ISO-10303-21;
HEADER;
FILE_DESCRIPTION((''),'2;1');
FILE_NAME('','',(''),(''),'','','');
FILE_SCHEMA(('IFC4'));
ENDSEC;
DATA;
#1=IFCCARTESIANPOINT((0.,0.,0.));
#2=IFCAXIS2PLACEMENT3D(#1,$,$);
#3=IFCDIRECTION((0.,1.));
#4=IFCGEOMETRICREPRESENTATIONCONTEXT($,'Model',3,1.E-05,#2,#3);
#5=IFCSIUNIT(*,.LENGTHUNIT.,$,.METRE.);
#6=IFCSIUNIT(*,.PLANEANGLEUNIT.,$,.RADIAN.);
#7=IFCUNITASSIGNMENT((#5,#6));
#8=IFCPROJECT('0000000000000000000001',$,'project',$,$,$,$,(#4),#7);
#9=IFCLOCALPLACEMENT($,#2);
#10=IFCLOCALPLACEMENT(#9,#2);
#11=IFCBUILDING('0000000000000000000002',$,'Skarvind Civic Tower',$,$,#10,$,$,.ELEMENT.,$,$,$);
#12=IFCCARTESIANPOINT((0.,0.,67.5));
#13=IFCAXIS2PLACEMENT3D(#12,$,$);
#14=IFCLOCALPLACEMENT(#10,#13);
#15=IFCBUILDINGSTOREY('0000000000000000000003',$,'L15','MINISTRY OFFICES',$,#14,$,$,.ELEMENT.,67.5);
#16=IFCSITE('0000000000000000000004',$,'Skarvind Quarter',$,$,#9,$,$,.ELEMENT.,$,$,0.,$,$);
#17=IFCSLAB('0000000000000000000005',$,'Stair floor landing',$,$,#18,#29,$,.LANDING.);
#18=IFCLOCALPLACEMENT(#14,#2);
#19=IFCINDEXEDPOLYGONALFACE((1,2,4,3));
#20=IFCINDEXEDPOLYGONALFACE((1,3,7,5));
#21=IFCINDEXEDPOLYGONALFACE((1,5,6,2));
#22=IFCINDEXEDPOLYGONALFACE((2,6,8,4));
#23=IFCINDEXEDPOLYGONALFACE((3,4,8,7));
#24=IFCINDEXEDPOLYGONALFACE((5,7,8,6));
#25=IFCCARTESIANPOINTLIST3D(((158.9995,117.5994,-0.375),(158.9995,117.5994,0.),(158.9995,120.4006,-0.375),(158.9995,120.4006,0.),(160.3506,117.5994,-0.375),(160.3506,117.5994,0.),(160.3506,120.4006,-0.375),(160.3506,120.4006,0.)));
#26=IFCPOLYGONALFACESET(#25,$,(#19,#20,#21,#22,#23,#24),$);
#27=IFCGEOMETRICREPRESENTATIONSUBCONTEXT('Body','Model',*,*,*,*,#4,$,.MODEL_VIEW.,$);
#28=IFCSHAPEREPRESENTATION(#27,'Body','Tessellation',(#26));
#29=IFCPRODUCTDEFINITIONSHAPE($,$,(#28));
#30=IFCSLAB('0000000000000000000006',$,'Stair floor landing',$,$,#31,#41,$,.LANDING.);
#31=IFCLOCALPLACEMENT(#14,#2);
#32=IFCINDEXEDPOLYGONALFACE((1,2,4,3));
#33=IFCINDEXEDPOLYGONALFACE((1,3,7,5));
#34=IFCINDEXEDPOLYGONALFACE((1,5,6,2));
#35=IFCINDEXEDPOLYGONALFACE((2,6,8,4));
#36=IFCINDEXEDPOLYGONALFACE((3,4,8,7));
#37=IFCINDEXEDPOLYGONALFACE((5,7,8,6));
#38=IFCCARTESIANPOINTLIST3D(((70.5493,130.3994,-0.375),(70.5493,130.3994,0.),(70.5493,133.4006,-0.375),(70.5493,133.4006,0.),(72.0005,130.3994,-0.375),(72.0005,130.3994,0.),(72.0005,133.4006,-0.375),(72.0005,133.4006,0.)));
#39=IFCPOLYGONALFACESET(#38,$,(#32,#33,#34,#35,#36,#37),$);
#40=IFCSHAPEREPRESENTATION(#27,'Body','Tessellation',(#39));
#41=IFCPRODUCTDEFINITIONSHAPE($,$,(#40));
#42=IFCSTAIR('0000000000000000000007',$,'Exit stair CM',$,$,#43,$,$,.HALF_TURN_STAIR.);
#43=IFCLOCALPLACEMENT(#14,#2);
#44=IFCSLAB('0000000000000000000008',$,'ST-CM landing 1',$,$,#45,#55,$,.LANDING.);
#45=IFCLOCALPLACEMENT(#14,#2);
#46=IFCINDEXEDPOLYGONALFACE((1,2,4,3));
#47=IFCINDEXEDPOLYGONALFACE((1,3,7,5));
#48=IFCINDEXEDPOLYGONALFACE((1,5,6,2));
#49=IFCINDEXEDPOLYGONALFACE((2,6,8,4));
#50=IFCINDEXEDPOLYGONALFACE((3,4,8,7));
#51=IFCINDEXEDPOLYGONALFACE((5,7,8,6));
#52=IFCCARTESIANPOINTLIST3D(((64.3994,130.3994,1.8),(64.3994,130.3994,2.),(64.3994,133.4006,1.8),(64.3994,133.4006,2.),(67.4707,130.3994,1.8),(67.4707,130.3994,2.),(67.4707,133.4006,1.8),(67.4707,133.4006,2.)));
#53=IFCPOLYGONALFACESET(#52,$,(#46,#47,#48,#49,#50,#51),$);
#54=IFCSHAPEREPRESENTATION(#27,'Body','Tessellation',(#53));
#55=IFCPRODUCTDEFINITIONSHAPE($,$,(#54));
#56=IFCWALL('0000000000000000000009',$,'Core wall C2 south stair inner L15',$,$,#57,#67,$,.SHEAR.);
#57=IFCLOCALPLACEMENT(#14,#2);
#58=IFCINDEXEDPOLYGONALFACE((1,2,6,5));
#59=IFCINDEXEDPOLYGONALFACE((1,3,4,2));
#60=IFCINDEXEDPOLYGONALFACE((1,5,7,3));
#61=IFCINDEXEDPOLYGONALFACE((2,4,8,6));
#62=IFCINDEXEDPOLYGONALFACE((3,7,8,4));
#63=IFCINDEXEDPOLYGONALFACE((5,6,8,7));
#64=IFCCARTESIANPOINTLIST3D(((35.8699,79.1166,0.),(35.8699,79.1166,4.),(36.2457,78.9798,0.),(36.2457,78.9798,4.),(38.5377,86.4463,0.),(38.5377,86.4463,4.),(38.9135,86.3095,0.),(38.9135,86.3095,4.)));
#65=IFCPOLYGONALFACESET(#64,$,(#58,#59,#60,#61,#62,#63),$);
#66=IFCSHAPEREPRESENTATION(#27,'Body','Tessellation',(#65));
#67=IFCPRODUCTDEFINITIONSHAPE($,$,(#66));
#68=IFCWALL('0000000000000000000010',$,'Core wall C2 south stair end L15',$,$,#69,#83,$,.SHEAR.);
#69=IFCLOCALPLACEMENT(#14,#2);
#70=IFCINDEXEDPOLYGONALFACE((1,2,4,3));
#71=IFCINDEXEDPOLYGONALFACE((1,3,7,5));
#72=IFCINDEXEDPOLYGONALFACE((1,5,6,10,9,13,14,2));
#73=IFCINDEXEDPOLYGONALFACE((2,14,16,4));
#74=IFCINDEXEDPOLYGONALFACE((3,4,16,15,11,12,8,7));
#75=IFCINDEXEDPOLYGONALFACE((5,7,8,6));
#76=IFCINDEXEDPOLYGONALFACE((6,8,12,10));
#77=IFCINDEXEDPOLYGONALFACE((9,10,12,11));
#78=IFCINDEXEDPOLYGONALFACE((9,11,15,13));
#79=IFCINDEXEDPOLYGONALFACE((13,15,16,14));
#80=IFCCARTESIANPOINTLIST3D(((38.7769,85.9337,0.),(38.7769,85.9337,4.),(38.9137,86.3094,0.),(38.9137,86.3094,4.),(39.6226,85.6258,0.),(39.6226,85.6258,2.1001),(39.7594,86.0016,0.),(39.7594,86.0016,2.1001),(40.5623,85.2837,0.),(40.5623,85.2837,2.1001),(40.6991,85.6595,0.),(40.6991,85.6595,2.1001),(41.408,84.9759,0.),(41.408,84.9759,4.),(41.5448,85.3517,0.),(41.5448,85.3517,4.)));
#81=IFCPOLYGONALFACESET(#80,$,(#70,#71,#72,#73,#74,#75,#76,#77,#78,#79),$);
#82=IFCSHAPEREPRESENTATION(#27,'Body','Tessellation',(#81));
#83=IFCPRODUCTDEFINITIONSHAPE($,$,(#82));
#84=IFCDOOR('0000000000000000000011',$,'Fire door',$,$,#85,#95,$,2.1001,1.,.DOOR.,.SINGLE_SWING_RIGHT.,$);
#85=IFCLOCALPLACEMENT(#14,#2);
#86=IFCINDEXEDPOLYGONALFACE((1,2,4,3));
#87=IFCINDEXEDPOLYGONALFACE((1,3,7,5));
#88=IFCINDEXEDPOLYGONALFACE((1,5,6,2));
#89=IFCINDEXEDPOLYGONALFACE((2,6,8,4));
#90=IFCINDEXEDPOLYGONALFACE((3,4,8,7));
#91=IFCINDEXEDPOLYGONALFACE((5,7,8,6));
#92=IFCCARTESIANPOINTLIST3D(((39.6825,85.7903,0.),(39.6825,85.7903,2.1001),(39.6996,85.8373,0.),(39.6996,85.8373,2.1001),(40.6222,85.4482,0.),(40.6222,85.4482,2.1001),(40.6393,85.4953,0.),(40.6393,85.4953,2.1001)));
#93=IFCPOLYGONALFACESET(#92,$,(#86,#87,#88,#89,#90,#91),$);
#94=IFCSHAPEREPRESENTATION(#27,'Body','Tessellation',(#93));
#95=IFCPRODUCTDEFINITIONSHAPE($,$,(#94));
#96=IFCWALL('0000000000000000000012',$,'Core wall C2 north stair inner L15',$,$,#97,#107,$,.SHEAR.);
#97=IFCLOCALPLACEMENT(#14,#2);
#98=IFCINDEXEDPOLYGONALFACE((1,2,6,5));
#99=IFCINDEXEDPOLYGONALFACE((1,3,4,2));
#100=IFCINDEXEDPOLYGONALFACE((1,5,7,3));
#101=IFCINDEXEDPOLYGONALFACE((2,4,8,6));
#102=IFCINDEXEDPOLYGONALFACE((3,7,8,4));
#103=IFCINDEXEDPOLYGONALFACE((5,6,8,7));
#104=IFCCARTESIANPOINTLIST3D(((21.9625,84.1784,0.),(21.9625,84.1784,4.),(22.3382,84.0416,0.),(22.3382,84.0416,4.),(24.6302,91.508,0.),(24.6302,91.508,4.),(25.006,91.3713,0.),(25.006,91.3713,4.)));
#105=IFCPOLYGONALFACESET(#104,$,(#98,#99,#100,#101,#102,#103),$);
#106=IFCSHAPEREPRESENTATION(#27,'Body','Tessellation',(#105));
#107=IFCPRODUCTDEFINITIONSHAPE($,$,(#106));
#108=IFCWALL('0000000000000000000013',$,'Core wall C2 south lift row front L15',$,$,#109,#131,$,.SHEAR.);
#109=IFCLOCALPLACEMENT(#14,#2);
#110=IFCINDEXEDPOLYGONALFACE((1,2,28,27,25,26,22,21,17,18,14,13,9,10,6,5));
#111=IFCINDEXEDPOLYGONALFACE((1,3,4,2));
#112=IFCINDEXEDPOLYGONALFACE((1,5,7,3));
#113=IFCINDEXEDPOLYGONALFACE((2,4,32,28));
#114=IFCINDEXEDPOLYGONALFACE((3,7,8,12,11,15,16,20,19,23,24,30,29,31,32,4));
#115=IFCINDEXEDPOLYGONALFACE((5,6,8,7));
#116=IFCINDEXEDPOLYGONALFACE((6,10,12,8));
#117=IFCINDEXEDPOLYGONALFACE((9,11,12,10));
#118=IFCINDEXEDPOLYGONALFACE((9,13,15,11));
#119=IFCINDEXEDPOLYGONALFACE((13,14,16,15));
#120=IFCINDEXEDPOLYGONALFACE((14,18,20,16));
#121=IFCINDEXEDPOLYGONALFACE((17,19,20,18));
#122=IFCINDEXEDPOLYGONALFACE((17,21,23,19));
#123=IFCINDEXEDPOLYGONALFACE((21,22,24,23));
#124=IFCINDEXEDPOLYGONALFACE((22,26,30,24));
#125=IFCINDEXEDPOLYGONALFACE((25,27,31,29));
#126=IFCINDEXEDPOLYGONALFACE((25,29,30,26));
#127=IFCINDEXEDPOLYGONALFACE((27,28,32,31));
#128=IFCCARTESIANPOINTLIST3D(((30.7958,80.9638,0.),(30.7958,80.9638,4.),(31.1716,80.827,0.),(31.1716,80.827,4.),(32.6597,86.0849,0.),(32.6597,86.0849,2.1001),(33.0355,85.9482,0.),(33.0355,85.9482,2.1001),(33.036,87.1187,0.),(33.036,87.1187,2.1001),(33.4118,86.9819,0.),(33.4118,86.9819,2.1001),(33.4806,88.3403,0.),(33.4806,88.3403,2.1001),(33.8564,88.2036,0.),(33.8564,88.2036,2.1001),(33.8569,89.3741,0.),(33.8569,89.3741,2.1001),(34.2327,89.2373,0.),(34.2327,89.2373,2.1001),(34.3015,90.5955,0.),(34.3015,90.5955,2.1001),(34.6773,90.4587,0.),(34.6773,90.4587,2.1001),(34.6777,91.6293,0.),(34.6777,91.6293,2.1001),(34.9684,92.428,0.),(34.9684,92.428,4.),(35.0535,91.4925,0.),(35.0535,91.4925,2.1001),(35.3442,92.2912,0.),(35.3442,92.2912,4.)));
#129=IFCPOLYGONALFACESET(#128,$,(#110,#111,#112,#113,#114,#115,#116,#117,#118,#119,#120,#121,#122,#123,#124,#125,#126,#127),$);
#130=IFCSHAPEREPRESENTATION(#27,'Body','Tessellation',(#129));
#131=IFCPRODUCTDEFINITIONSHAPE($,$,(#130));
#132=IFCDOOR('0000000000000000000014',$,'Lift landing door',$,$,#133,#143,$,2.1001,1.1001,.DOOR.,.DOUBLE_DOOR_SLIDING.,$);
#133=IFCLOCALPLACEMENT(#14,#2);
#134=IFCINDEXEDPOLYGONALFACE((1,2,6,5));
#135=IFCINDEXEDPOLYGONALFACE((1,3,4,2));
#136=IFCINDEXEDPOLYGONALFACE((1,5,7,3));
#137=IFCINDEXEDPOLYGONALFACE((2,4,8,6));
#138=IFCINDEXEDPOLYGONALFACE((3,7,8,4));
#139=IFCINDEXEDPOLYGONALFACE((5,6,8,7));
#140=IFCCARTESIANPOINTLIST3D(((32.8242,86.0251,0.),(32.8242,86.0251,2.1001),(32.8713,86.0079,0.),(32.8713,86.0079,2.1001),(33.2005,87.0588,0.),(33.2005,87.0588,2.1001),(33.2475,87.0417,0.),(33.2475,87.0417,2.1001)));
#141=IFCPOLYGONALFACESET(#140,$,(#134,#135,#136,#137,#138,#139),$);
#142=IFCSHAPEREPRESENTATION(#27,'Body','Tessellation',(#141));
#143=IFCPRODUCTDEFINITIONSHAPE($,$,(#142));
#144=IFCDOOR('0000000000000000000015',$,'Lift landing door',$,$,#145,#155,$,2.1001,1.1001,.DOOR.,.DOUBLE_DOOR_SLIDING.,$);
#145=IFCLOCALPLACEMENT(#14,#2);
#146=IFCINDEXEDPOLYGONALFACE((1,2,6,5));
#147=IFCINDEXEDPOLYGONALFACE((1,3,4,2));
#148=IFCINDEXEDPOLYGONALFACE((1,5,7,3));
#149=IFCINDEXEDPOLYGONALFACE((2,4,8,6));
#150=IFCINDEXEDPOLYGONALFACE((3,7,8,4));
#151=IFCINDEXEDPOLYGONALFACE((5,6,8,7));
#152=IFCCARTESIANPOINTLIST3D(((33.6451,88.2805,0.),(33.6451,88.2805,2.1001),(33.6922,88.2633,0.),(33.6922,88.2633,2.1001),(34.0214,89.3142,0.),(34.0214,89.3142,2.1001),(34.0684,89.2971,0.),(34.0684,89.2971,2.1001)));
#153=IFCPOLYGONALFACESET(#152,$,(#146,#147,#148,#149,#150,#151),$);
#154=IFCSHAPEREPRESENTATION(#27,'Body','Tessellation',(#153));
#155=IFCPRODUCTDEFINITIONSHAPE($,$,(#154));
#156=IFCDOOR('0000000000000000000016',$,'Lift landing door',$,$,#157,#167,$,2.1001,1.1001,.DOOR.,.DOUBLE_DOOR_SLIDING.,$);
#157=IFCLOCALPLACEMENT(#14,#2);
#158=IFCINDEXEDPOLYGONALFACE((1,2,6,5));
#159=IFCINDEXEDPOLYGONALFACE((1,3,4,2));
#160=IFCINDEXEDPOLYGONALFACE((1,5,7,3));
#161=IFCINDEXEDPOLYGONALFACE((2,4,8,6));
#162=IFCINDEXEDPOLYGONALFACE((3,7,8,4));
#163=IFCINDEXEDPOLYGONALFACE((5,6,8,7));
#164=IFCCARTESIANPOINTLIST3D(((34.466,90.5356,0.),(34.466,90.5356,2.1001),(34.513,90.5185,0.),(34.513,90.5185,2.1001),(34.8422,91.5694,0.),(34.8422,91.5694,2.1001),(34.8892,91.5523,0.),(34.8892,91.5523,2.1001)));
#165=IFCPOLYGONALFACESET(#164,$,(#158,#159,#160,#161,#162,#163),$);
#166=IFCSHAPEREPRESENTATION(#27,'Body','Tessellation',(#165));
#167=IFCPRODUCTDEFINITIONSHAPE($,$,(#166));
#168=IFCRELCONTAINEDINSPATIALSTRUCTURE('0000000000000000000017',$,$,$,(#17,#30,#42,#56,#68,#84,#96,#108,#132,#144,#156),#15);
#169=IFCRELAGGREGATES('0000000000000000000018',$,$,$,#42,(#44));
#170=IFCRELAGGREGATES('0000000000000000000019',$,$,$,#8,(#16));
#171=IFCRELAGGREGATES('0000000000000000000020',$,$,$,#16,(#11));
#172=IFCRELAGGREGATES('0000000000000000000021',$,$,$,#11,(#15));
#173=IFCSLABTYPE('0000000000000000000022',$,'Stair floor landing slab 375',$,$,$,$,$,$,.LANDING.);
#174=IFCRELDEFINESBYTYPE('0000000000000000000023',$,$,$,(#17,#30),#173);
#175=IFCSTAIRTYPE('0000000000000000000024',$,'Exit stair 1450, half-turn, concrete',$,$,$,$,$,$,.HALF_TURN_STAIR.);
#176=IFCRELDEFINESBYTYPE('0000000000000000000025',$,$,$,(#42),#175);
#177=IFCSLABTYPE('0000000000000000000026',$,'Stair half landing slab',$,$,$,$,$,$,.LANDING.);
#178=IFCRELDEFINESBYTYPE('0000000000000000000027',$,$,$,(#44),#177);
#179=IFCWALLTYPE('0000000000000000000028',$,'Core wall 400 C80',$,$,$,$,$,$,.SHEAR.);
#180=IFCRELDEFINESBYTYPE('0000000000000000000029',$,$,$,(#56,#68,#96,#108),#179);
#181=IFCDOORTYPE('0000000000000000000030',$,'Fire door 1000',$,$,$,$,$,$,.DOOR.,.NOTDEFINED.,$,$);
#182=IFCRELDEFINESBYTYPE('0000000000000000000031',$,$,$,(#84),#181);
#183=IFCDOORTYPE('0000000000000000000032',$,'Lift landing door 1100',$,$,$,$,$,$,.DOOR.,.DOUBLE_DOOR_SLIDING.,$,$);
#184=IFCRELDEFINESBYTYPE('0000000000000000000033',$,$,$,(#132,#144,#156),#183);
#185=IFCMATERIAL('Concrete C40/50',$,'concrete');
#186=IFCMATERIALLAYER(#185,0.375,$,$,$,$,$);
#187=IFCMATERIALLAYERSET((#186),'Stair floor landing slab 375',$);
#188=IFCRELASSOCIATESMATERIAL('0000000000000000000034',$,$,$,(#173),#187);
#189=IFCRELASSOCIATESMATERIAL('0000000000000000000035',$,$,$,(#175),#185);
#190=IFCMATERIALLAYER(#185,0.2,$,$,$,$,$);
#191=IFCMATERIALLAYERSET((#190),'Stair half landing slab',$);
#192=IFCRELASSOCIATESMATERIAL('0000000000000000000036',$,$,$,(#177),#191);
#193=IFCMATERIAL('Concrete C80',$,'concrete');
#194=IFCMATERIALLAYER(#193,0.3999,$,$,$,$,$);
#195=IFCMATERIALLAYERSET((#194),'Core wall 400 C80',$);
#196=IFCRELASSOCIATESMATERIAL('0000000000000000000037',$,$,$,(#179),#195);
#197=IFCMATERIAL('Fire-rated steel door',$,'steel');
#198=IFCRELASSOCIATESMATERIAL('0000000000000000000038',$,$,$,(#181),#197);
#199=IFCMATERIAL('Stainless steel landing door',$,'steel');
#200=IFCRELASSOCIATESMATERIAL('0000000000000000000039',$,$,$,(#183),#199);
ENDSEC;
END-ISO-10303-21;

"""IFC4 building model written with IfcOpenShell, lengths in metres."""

from ifc_helpers import new_model, si_unit, direction, frame, frame_2d, origin, place, context, subcontext, project, spatial, polyline, rectangle, outline, extrude, material, layer, layer_set, type_object, element, fill, aggregate, save


model = new_model("IFC4")

# Units and contexts
model_context = context("Model", 3, precision=1e-05, world=origin(), true_north=direction((0.0, 1.0)))
body_context = subcontext(model_context, "Body", "Model", "MODEL_VIEW")
ifc_project = project(units=[si_unit("LENGTHUNIT", "METRE"), si_unit("PLANEANGLEUNIT", "RADIAN")], contexts=[model_context])

# Site, building, storey
site_placement = place(None, origin())
site = spatial("IfcSite", under=ifc_project, at=site_placement, Name="Skarvind Quarter", CompositionType="ELEMENT", RefElevation=0.0)
building_placement = place(site_placement, origin())
building = spatial("IfcBuilding", under=site, at=building_placement, Name="Skarvind Civic Tower", CompositionType="ELEMENT")
storey_placement = place(building_placement, frame((0.0, 0.0, 67.5)))
storey = spatial("IfcBuildingStorey", under=building, at=storey_placement, Name="L15", Description="MINISTRY OFFICES", CompositionType="ELEMENT", Elevation=67.5)

# Slabs
ifc_material_1 = material(Name="Concrete C40/50", Category="concrete")
ifc_layer_1 = layer(ifc_material_1, 0.375)
ifc_layer_set_1 = layer_set([ifc_layer_1], Name="Stair floor landing slab 375")
slab_type_1 = type_object("IfcSlabType", Name="Stair floor landing slab 375", PredefinedType="LANDING", material=ifc_layer_set_1)
slab_1_placement = place(storey_placement, frame((0.0, 0.0, -0.375)))
element("IfcSlab", 1, at=slab_1_placement, inside=storey, type_object=slab_type_1, Name="Stair floor landing", PredefinedType="LANDING", context=body_context, shape_type="SweptSolid", body=[
    extrude(outline(polyline([(160.3506, 120.4006), (160.3506, 117.5994), (158.9995, 117.5994), (158.9995, 120.4006), (160.3506, 120.4006)])), origin(), (0.0, 0.0, 1.0), 0.375),
])
slab_2_placement = place(storey_placement, frame((0.0, 0.0, -0.375)))
element("IfcSlab", 2, at=slab_2_placement, inside=storey, type_object=slab_type_1, Name="Stair floor landing", PredefinedType="LANDING", context=body_context, shape_type="SweptSolid", body=[
    extrude(outline(polyline([(70.5493, 130.3994), (70.5493, 133.4006), (72.0005, 133.4006), (72.0005, 130.3994), (70.5493, 130.3994)])), origin(), (0.0, 0.0, 1.0), 0.375),
])

# Stair, slab
stair_type_1 = type_object("IfcStairType", Name="Exit stair 1450, half-turn, concrete", PredefinedType="HALF_TURN_STAIR", material=ifc_material_1)
stair_1_placement = place(storey_placement, origin())
stair_1 = element("IfcStair", 3, at=stair_1_placement, inside=storey, type_object=stair_type_1, Name="Exit stair CM", PredefinedType="HALF_TURN_STAIR")
ifc_layer_2 = layer(ifc_material_1, 0.2)
ifc_layer_set_2 = layer_set([ifc_layer_2], Name="Stair half landing slab")
slab_type_2 = type_object("IfcSlabType", Name="Stair half landing slab", PredefinedType="LANDING", material=ifc_layer_set_2)
slab_3_placement = place(storey_placement, frame((0.0, 0.0, 1.8)))
slab_3 = element("IfcSlab", 4, at=slab_3_placement, type_object=slab_type_2, Name="ST-CM landing 1", PredefinedType="LANDING", context=body_context, shape_type="SweptSolid", body=[
    extrude(outline(polyline([(67.4707, 133.4006), (67.4707, 130.3994), (64.3994, 130.3994), (64.3994, 133.4006), (67.4707, 133.4006)])), origin(), (0.0, 0.0, 1.0), 0.2),
])
aggregate(stair_1, [slab_3])

# Wall
ifc_material_2 = material(Name="Concrete C80", Category="concrete")
ifc_layer_3 = layer(ifc_material_2, 0.3999)
ifc_layer_set_3 = layer_set([ifc_layer_3], Name="Core wall 400 C80")
wall_type_1 = type_object("IfcWallType", Name="Core wall 400 C80", PredefinedType="SHEAR", material=ifc_layer_set_3)
wall_1_placement = place(storey_placement, frame((36.0579, 79.0483, 0.0), z_axis=(0.0, 0.0, 1.0), x_axis=(0.342017, 0.939694, 0.0)))
element("IfcWall", 5, at=wall_1_placement, inside=storey, type_object=wall_type_1, Name="Core wall C2 south stair inner L15", PredefinedType="SHEAR", context=body_context, shape_type="SweptSolid", body=[
    extrude(rectangle(XDim=7.8, YDim=0.3999, at=frame_2d((3.8999, 0.0))), origin(), (0.0, 0.0, 1.0), 4.0),
])

# Wall, opening, door
wall_2_placement = place(storey_placement, frame((41.4763, 85.1638, 0.0), z_axis=(0.0, 0.0, 1.0), x_axis=(-0.939679, 0.342058, 0.0)))
wall_2 = element("IfcWall", 6, at=wall_2_placement, inside=storey, type_object=wall_type_1, Name="Core wall C2 south stair end L15", PredefinedType="SHEAR", context=body_context, shape_type="SweptSolid", body=[
    extrude(rectangle(XDim=2.8, YDim=0.3999, at=frame_2d((1.3999, 0.0))), origin(), (0.0, 0.0, 1.0), 4.0),
])
opening_1_placement = place(wall_2_placement, frame((0.8999, 0.0, 0.0)))
opening_1 = element("IfcOpeningElement", 7, at=opening_1_placement, cuts=wall_2, PredefinedType="OPENING", context=body_context, shape_type="SweptSolid", body=[
    extrude(rectangle(XDim=1.0, YDim=2.1001, at=frame_2d((0.5, 1.05))), frame((0.0, 0.21, 0.0), z_axis=(0.0, -1.0, 0.0), x_axis=(1.0, 0.0, 0.0)), (0.0, 0.0, 1.0), 0.4199),
])
ifc_material_3 = material(Name="Fire-rated steel door", Category="steel")
door_type_1 = type_object("IfcDoorType", Name="Fire door 1000", OperationType="NOTDEFINED", PredefinedType="DOOR", material=ifc_material_3)
door_1_placement = place(opening_1_placement, origin())
door_1 = element("IfcDoor", 8, at=door_1_placement, inside=storey, type_object=door_type_1, Name="Fire door", OperationType="SINGLE_SWING_RIGHT", OverallHeight=2.1001, OverallWidth=1.0, PredefinedType="DOOR", context=body_context, shape_type="SweptSolid", body=[
    extrude(rectangle(XDim=1.0, YDim=2.1001, at=frame_2d((0.5, 1.05))), frame((0.0, 0.0249, 0.0), z_axis=(0.0, -1.0, 0.0), x_axis=(1.0, 0.0, 0.0)), (0.0, 0.0, 1.0), 0.05),
])
fill(opening_1, door_1)

# Wall
wall_3_placement = place(storey_placement, frame((22.1504, 84.1101, 0.0), z_axis=(0.0, 0.0, 1.0), x_axis=(0.342017, 0.939694, 0.0)))
element("IfcWall", 9, at=wall_3_placement, inside=storey, type_object=wall_type_1, Name="Core wall C2 north stair inner L15", PredefinedType="SHEAR", context=body_context, shape_type="SweptSolid", body=[
    extrude(rectangle(XDim=7.8, YDim=0.3999, at=frame_2d((3.8999, 0.0))), origin(), (0.0, 0.0, 1.0), 4.0),
])

# Wall, openings, doors
wall_4_placement = place(storey_placement, frame((30.9836, 80.8953, 0.0), z_axis=(0.0, 0.0, 1.0), x_axis=(0.342021, 0.939692, 0.0)))
wall_4 = element("IfcWall", 10, at=wall_4_placement, inside=storey, type_object=wall_type_1, Name="Core wall C2 south lift row front L15", PredefinedType="SHEAR", context=body_context, shape_type="SweptSolid", body=[
    extrude(rectangle(XDim=12.2, YDim=0.3999, at=frame_2d((6.1001, 0.0))), origin(), (0.0, 0.0, 1.0), 4.0),
])
opening_2_placement = place(wall_4_placement, frame((5.45, 0.0, 0.0)))
opening_2 = element("IfcOpeningElement", 11, at=opening_2_placement, cuts=wall_4, PredefinedType="OPENING", context=body_context, shape_type="SweptSolid", body=[
    extrude(rectangle(XDim=1.1001, YDim=2.1001, at=frame_2d((0.55, 1.05))), frame((0.0, 0.21, 0.0), z_axis=(0.0, -1.0, 0.0), x_axis=(1.0, 0.0, 0.0)), (0.0, 0.0, 1.0), 0.4199),
])
opening_3_placement = place(wall_4_placement, frame((7.8501, 0.0, 0.0)))
opening_3 = element("IfcOpeningElement", 12, at=opening_3_placement, cuts=wall_4, PredefinedType="OPENING", context=body_context, shape_type="SweptSolid", body=[
    extrude(rectangle(XDim=1.1001, YDim=2.1001, at=frame_2d((0.55, 1.05))), frame((0.0, 0.21, 0.0), z_axis=(0.0, -1.0, 0.0), x_axis=(1.0, 0.0, 0.0)), (0.0, 0.0, 1.0), 0.4199),
])
opening_4_placement = place(wall_4_placement, frame((10.25, 0.0, 0.0)))
opening_4 = element("IfcOpeningElement", 13, at=opening_4_placement, cuts=wall_4, PredefinedType="OPENING", context=body_context, shape_type="SweptSolid", body=[
    extrude(rectangle(XDim=1.1001, YDim=2.1001, at=frame_2d((0.55, 1.05))), frame((0.0, 0.21, 0.0), z_axis=(0.0, -1.0, 0.0), x_axis=(1.0, 0.0, 0.0)), (0.0, 0.0, 1.0), 0.4199),
])
ifc_material_4 = material(Name="Stainless steel landing door", Category="steel")
door_type_2 = type_object("IfcDoorType", Name="Lift landing door 1100", OperationType="DOUBLE_DOOR_SLIDING", PredefinedType="DOOR", material=ifc_material_4)
door_2_placement = place(opening_2_placement, origin())
door_2 = element("IfcDoor", 14, at=door_2_placement, inside=storey, type_object=door_type_2, Name="Lift landing door", OperationType="DOUBLE_DOOR_SLIDING", OverallHeight=2.1001, OverallWidth=1.1001, PredefinedType="DOOR", context=body_context, shape_type="SweptSolid", body=[
    extrude(rectangle(XDim=1.1001, YDim=2.1001, at=frame_2d((0.55, 1.05))), frame((0.0, 0.0249, 0.0), z_axis=(0.0, -1.0, 0.0), x_axis=(1.0, 0.0, 0.0)), (0.0, 0.0, 1.0), 0.05),
])
fill(opening_2, door_2)
door_3_placement = place(opening_3_placement, origin())
door_3 = element("IfcDoor", 15, at=door_3_placement, inside=storey, type_object=door_type_2, Name="Lift landing door", OperationType="DOUBLE_DOOR_SLIDING", OverallHeight=2.1001, OverallWidth=1.1001, PredefinedType="DOOR", context=body_context, shape_type="SweptSolid", body=[
    extrude(rectangle(XDim=1.1001, YDim=2.1001, at=frame_2d((0.55, 1.05))), frame((0.0, 0.0249, 0.0), z_axis=(0.0, -1.0, 0.0), x_axis=(1.0, 0.0, 0.0)), (0.0, 0.0, 1.0), 0.05),
])
fill(opening_3, door_3)
door_4_placement = place(opening_4_placement, origin())
door_4 = element("IfcDoor", 16, at=door_4_placement, inside=storey, type_object=door_type_2, Name="Lift landing door", OperationType="DOUBLE_DOOR_SLIDING", OverallHeight=2.1001, OverallWidth=1.1001, PredefinedType="DOOR", context=body_context, shape_type="SweptSolid", body=[
    extrude(rectangle(XDim=1.1001, YDim=2.1001, at=frame_2d((0.55, 1.05))), frame((0.0, 0.0249, 0.0), z_axis=(0.0, -1.0, 0.0), x_axis=(1.0, 0.0, 0.0)), (0.0, 0.0, 1.0), 0.05),
])
fill(opening_4, door_4)

save(model, "model.ifc")
